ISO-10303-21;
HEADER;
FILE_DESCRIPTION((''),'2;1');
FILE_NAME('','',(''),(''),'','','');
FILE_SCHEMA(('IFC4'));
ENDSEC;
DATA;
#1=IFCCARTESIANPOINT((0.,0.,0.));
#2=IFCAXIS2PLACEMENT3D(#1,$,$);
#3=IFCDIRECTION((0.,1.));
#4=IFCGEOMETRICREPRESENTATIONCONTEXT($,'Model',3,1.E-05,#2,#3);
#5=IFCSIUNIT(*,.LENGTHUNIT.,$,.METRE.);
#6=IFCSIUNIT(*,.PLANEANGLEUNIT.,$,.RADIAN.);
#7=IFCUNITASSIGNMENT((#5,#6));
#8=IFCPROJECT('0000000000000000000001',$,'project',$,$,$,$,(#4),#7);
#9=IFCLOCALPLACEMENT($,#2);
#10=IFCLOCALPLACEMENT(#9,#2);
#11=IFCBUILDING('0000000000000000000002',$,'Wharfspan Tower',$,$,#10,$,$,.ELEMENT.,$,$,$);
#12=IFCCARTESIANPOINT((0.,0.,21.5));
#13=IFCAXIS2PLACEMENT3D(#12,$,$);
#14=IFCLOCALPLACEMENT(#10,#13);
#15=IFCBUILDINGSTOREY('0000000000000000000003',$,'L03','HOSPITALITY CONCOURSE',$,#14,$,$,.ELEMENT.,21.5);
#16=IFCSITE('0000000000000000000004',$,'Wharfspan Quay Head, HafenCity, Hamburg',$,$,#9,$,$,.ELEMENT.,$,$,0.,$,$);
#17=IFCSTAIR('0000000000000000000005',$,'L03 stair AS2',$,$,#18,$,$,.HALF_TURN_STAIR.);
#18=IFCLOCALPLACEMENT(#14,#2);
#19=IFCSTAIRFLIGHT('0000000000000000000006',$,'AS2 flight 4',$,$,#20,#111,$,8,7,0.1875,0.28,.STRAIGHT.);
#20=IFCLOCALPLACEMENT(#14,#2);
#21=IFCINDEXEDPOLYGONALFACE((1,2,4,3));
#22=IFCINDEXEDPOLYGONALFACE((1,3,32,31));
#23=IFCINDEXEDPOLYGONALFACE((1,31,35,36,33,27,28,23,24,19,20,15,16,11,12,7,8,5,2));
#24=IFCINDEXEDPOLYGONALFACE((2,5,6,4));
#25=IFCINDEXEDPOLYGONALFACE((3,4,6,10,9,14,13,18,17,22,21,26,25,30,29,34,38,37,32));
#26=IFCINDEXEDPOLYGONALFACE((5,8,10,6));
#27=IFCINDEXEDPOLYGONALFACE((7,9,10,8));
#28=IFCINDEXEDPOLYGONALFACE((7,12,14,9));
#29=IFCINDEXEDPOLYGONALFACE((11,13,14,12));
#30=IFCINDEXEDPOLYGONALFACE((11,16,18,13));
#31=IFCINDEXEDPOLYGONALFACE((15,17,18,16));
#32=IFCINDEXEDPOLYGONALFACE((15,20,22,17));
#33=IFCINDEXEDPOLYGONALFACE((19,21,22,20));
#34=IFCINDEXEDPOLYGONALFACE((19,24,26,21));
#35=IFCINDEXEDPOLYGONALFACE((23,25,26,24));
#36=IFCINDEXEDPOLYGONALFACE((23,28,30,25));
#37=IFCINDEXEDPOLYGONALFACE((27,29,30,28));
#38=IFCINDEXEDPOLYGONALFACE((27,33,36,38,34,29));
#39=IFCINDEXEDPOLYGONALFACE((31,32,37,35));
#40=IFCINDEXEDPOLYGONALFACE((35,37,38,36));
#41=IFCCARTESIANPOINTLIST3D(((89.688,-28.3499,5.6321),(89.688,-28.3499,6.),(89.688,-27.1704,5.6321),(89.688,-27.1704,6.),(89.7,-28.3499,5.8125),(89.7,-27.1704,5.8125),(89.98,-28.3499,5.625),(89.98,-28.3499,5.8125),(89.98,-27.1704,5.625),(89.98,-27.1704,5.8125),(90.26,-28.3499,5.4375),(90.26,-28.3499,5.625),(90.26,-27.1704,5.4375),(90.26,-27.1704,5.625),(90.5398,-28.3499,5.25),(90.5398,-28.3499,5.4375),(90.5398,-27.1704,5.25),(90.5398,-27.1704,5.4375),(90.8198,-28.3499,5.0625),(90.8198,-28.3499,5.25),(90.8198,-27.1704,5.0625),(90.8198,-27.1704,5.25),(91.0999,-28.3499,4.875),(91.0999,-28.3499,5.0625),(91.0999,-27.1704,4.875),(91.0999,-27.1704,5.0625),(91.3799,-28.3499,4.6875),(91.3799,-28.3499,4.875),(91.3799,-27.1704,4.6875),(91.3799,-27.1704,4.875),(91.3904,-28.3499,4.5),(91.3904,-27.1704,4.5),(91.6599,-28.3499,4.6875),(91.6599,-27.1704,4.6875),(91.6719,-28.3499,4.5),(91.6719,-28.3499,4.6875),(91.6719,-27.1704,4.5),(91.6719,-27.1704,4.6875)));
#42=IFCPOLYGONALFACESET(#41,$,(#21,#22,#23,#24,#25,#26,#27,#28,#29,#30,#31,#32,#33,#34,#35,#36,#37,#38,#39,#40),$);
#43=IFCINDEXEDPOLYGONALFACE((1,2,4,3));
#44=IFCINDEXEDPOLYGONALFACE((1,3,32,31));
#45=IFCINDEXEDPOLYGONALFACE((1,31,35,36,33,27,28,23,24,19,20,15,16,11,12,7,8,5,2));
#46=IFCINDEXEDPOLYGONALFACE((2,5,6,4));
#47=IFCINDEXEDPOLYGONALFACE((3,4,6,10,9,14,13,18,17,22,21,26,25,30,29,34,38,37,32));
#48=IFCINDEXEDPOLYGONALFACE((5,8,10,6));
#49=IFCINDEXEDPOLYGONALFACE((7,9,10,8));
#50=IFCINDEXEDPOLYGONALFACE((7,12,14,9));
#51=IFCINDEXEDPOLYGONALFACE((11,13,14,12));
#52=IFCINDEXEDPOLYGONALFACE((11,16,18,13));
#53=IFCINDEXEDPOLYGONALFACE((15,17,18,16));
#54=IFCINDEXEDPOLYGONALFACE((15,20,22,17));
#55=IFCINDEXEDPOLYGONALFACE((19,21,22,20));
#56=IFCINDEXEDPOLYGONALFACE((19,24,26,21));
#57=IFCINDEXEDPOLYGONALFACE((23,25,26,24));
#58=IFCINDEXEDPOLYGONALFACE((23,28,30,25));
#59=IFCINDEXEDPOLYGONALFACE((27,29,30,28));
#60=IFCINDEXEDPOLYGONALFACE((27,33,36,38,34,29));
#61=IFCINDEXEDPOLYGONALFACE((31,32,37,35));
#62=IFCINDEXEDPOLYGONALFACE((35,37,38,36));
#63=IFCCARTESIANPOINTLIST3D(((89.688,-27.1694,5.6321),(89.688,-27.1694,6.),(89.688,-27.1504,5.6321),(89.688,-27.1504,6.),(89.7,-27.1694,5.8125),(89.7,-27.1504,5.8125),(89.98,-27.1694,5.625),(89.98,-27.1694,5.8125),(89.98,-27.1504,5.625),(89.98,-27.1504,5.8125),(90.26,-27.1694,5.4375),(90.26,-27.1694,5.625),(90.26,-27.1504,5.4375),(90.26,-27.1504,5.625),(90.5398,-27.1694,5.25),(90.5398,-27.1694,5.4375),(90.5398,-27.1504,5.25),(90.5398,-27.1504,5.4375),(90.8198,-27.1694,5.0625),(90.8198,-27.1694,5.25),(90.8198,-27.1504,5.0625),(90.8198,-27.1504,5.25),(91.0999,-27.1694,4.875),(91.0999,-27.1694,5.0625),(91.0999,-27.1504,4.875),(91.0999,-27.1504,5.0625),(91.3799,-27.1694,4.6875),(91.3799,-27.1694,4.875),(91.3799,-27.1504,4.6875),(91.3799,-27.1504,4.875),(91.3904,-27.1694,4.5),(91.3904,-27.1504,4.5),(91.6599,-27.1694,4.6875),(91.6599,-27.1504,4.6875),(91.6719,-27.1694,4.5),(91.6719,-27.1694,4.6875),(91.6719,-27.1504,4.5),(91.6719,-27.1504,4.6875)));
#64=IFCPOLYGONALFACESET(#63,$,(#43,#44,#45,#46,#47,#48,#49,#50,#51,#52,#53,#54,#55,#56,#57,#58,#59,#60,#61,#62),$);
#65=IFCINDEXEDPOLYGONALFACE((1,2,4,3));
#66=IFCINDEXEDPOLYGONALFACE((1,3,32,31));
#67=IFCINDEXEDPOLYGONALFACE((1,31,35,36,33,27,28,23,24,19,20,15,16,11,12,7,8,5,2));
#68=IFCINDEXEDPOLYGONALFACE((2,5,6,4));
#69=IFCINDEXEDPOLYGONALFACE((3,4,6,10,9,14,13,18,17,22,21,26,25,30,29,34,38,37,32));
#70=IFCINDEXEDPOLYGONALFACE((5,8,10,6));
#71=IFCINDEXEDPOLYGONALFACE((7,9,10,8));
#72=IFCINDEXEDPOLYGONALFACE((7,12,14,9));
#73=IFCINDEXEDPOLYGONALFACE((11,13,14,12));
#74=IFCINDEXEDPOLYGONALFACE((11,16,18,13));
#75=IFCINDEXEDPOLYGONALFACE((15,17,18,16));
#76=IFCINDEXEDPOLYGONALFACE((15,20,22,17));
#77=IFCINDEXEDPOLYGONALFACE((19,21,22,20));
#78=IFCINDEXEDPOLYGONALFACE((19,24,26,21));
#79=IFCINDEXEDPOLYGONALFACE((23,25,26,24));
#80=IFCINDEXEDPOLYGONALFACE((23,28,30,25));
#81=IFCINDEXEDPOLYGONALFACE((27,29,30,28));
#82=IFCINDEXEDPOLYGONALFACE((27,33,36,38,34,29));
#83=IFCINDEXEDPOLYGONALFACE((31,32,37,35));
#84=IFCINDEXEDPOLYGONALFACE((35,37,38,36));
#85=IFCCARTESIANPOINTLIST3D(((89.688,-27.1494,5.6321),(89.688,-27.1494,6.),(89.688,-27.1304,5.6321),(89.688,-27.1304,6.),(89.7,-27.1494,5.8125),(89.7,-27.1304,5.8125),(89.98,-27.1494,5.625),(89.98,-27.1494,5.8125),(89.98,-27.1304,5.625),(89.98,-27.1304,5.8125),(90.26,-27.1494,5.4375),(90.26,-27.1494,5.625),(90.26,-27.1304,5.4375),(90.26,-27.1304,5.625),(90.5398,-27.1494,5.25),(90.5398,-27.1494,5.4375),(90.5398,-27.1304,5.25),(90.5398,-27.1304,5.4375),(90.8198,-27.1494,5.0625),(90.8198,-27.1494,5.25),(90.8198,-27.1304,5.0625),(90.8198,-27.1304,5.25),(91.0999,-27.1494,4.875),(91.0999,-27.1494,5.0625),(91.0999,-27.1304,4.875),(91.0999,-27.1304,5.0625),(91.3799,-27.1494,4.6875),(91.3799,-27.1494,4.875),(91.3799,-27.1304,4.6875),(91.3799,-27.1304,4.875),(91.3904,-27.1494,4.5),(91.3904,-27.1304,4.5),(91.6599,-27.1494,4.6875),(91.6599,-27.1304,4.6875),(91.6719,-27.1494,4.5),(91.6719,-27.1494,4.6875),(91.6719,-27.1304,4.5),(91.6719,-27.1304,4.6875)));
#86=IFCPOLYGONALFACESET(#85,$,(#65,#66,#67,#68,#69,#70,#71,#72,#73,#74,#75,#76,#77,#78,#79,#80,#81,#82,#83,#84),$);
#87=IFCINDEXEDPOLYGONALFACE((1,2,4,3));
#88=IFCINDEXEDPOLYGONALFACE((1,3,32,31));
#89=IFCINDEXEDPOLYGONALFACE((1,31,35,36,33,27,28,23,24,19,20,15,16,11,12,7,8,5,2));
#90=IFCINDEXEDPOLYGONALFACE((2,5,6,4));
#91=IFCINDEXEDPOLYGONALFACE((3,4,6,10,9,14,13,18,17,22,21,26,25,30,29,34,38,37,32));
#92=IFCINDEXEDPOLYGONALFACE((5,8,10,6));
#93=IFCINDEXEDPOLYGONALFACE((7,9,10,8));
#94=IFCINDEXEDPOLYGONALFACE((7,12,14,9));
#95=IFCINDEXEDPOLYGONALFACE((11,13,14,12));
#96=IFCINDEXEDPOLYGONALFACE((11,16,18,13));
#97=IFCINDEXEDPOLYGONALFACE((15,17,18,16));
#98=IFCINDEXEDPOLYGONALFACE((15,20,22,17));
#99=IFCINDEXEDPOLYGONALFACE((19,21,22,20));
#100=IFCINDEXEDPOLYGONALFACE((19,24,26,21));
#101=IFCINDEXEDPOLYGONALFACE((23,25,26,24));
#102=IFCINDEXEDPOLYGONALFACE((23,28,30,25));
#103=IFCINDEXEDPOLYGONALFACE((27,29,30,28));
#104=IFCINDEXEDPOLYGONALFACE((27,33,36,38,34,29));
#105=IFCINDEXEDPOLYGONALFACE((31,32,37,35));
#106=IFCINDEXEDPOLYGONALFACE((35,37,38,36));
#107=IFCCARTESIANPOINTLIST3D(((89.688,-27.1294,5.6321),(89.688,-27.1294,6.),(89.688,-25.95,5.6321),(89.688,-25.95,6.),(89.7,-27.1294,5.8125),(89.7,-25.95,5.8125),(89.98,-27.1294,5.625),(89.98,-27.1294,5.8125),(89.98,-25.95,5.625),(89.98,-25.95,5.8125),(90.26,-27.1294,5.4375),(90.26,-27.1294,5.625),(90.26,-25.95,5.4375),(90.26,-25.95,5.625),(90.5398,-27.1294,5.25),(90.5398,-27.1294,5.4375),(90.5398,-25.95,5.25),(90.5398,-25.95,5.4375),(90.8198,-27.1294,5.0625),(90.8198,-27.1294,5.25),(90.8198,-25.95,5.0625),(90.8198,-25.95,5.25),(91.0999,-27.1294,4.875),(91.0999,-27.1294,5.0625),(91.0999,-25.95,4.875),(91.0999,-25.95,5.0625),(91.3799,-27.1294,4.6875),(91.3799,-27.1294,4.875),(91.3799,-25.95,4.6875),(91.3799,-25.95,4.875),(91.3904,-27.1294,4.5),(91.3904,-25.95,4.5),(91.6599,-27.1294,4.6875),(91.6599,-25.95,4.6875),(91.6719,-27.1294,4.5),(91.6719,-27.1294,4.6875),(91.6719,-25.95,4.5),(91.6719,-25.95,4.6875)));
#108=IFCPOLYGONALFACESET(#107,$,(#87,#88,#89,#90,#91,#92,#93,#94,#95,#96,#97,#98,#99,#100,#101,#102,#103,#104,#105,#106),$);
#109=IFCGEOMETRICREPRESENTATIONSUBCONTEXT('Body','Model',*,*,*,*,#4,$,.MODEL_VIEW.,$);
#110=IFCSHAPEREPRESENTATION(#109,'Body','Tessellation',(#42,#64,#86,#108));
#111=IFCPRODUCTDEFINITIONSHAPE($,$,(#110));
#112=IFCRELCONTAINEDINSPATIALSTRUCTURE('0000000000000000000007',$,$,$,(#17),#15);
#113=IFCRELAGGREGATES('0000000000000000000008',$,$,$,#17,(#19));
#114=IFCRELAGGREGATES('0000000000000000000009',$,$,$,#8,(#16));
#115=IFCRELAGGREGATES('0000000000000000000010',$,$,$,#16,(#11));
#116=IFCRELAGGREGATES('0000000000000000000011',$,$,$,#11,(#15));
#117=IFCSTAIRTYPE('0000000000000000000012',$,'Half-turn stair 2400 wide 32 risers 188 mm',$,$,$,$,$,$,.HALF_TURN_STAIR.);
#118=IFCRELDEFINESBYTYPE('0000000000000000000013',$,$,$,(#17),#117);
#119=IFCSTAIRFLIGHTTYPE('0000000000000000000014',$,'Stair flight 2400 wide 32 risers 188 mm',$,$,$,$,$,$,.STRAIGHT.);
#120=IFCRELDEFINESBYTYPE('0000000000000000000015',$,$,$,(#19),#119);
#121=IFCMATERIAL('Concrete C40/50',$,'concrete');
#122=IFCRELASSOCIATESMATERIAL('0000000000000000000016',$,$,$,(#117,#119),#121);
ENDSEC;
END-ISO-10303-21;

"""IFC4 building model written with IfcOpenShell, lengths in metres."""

from ifc_helpers import new_model, si_unit, direction, frame, origin, place, context, subcontext, project, spatial, polyline, outline, extrude, material, type_object, element, aggregate, save


model = new_model("IFC4")

# Units and contexts
model_context = context("Model", 3, precision=1e-05, world=origin(), true_north=direction((0.0, 1.0)))
body_context = subcontext(model_context, "Body", "Model", "MODEL_VIEW")
ifc_project = project(units=[si_unit("LENGTHUNIT", "METRE"), si_unit("PLANEANGLEUNIT", "RADIAN")], contexts=[model_context])

# Site, building, storey
site_placement = place(None, origin())
site = spatial("IfcSite", under=ifc_project, at=site_placement, Name="Wharfspan Quay Head, HafenCity, Hamburg", CompositionType="ELEMENT", RefElevation=0.0)
building_placement = place(site_placement, origin())
building = spatial("IfcBuilding", under=site, at=building_placement, Name="Wharfspan Tower", CompositionType="ELEMENT")
storey_placement = place(building_placement, frame((0.0, 0.0, 21.5)))
storey = spatial("IfcBuildingStorey", under=building, at=storey_placement, Name="L03", Description="HOSPITALITY CONCOURSE", CompositionType="ELEMENT", Elevation=21.5)

# Shared definitions
ifc_material_1 = material(Name="Concrete C40/50", Category="concrete")

# Stair, stair flight
stair_type = type_object("IfcStairType", Name="Half-turn stair 2400 wide 32 risers 188 mm", PredefinedType="HALF_TURN_STAIR", material=ifc_material_1)
stair_placement = place(storey_placement, origin())
stair = element("IfcStair", 1, at=stair_placement, inside=storey, type_object=stair_type, Name="L03 stair AS2", PredefinedType="HALF_TURN_STAIR")
stair_flight_type = type_object("IfcStairFlightType", Name="Stair flight 2400 wide 32 risers 188 mm", PredefinedType="STRAIGHT", material=ifc_material_1)
stair_flight_1_placement = place(storey_placement, frame((91.6599, -27.1499, 4.5), z_axis=(0.0, 0.0, 1.0), x_axis=(-1.0, 0.0, 0.0)))
stair_flight_1 = element("IfcStairFlight", 2, at=stair_flight_1_placement, type_object=stair_flight_type, Name="AS2 flight 4", NumberOfRisers=8, NumberOfTreads=7, PredefinedType="STRAIGHT", RiserHeight=0.1875, TreadLength=0.28, context=body_context, shape_type="SweptSolid", body=[
    extrude(outline(polyline([(-0.012, 0.0), (-0.012, 0.1875), (0.0, 0.1875), (0.28, 0.1875), (0.28, 0.375), (0.5601, 0.375), (0.5601, 0.5625), (0.8401, 0.5625), (0.8401, 0.75), (1.1201, 0.75), (1.1201, 0.9375), (1.3999, 0.9375), (1.3999, 1.125), (1.6799, 1.125), (1.6799, 1.3125), (1.96, 1.3125), (1.9719, 1.5), (1.9719, 1.1321), (0.2695, 0.0), (-0.012, 0.0)])), frame((0.0, 1.2, 0.0), z_axis=(0.0, -1.0, 0.0), x_axis=(1.0, 0.0, 0.0)), (0.0, 0.0, 1.0), 1.1794),
    extrude(outline(polyline([(-0.012, 0.0), (-0.012, 0.1875), (0.0, 0.1875), (0.28, 0.1875), (0.28, 0.375), (0.5601, 0.375), (0.5601, 0.5625), (0.8401, 0.5625), (0.8401, 0.75), (1.1201, 0.75), (1.1201, 0.9375), (1.3999, 0.9375), (1.3999, 1.125), (1.6799, 1.125), (1.6799, 1.3125), (1.96, 1.3125), (1.9719, 1.5), (1.9719, 1.1321), (0.2695, 0.0), (-0.012, 0.0)])), frame((0.0, 0.0195, 0.0), z_axis=(0.0, -1.0, 0.0), x_axis=(1.0, 0.0, 0.0)), (0.0, 0.0, 1.0), 0.019),
    extrude(outline(polyline([(-0.012, 0.0), (-0.012, 0.1875), (0.0, 0.1875), (0.28, 0.1875), (0.28, 0.375), (0.5601, 0.375), (0.5601, 0.5625), (0.8401, 0.5625), (0.8401, 0.75), (1.1201, 0.75), (1.1201, 0.9375), (1.3999, 0.9375), (1.3999, 1.125), (1.6799, 1.125), (1.6799, 1.3125), (1.96, 1.3125), (1.9719, 1.5), (1.9719, 1.1321), (0.2695, 0.0), (-0.012, 0.0)])), frame((0.0, -0.0005, 0.0), z_axis=(0.0, -1.0, 0.0), x_axis=(1.0, 0.0, 0.0)), (0.0, 0.0, 1.0), 0.019),
    extrude(outline(polyline([(-0.012, 0.0), (-0.012, 0.1875), (0.0, 0.1875), (0.28, 0.1875), (0.28, 0.375), (0.5601, 0.375), (0.5601, 0.5625), (0.8401, 0.5625), (0.8401, 0.75), (1.1201, 0.75), (1.1201, 0.9375), (1.3999, 0.9375), (1.3999, 1.125), (1.6799, 1.125), (1.6799, 1.3125), (1.96, 1.3125), (1.9719, 1.5), (1.9719, 1.1321), (0.2695, 0.0), (-0.012, 0.0)])), frame((0.0, -0.0205, 0.0), z_axis=(0.0, -1.0, 0.0), x_axis=(1.0, 0.0, 0.0)), (0.0, 0.0, 1.0), 1.1794),
])
aggregate(stair, [stair_flight_1])

save(model, "model.ifc")
